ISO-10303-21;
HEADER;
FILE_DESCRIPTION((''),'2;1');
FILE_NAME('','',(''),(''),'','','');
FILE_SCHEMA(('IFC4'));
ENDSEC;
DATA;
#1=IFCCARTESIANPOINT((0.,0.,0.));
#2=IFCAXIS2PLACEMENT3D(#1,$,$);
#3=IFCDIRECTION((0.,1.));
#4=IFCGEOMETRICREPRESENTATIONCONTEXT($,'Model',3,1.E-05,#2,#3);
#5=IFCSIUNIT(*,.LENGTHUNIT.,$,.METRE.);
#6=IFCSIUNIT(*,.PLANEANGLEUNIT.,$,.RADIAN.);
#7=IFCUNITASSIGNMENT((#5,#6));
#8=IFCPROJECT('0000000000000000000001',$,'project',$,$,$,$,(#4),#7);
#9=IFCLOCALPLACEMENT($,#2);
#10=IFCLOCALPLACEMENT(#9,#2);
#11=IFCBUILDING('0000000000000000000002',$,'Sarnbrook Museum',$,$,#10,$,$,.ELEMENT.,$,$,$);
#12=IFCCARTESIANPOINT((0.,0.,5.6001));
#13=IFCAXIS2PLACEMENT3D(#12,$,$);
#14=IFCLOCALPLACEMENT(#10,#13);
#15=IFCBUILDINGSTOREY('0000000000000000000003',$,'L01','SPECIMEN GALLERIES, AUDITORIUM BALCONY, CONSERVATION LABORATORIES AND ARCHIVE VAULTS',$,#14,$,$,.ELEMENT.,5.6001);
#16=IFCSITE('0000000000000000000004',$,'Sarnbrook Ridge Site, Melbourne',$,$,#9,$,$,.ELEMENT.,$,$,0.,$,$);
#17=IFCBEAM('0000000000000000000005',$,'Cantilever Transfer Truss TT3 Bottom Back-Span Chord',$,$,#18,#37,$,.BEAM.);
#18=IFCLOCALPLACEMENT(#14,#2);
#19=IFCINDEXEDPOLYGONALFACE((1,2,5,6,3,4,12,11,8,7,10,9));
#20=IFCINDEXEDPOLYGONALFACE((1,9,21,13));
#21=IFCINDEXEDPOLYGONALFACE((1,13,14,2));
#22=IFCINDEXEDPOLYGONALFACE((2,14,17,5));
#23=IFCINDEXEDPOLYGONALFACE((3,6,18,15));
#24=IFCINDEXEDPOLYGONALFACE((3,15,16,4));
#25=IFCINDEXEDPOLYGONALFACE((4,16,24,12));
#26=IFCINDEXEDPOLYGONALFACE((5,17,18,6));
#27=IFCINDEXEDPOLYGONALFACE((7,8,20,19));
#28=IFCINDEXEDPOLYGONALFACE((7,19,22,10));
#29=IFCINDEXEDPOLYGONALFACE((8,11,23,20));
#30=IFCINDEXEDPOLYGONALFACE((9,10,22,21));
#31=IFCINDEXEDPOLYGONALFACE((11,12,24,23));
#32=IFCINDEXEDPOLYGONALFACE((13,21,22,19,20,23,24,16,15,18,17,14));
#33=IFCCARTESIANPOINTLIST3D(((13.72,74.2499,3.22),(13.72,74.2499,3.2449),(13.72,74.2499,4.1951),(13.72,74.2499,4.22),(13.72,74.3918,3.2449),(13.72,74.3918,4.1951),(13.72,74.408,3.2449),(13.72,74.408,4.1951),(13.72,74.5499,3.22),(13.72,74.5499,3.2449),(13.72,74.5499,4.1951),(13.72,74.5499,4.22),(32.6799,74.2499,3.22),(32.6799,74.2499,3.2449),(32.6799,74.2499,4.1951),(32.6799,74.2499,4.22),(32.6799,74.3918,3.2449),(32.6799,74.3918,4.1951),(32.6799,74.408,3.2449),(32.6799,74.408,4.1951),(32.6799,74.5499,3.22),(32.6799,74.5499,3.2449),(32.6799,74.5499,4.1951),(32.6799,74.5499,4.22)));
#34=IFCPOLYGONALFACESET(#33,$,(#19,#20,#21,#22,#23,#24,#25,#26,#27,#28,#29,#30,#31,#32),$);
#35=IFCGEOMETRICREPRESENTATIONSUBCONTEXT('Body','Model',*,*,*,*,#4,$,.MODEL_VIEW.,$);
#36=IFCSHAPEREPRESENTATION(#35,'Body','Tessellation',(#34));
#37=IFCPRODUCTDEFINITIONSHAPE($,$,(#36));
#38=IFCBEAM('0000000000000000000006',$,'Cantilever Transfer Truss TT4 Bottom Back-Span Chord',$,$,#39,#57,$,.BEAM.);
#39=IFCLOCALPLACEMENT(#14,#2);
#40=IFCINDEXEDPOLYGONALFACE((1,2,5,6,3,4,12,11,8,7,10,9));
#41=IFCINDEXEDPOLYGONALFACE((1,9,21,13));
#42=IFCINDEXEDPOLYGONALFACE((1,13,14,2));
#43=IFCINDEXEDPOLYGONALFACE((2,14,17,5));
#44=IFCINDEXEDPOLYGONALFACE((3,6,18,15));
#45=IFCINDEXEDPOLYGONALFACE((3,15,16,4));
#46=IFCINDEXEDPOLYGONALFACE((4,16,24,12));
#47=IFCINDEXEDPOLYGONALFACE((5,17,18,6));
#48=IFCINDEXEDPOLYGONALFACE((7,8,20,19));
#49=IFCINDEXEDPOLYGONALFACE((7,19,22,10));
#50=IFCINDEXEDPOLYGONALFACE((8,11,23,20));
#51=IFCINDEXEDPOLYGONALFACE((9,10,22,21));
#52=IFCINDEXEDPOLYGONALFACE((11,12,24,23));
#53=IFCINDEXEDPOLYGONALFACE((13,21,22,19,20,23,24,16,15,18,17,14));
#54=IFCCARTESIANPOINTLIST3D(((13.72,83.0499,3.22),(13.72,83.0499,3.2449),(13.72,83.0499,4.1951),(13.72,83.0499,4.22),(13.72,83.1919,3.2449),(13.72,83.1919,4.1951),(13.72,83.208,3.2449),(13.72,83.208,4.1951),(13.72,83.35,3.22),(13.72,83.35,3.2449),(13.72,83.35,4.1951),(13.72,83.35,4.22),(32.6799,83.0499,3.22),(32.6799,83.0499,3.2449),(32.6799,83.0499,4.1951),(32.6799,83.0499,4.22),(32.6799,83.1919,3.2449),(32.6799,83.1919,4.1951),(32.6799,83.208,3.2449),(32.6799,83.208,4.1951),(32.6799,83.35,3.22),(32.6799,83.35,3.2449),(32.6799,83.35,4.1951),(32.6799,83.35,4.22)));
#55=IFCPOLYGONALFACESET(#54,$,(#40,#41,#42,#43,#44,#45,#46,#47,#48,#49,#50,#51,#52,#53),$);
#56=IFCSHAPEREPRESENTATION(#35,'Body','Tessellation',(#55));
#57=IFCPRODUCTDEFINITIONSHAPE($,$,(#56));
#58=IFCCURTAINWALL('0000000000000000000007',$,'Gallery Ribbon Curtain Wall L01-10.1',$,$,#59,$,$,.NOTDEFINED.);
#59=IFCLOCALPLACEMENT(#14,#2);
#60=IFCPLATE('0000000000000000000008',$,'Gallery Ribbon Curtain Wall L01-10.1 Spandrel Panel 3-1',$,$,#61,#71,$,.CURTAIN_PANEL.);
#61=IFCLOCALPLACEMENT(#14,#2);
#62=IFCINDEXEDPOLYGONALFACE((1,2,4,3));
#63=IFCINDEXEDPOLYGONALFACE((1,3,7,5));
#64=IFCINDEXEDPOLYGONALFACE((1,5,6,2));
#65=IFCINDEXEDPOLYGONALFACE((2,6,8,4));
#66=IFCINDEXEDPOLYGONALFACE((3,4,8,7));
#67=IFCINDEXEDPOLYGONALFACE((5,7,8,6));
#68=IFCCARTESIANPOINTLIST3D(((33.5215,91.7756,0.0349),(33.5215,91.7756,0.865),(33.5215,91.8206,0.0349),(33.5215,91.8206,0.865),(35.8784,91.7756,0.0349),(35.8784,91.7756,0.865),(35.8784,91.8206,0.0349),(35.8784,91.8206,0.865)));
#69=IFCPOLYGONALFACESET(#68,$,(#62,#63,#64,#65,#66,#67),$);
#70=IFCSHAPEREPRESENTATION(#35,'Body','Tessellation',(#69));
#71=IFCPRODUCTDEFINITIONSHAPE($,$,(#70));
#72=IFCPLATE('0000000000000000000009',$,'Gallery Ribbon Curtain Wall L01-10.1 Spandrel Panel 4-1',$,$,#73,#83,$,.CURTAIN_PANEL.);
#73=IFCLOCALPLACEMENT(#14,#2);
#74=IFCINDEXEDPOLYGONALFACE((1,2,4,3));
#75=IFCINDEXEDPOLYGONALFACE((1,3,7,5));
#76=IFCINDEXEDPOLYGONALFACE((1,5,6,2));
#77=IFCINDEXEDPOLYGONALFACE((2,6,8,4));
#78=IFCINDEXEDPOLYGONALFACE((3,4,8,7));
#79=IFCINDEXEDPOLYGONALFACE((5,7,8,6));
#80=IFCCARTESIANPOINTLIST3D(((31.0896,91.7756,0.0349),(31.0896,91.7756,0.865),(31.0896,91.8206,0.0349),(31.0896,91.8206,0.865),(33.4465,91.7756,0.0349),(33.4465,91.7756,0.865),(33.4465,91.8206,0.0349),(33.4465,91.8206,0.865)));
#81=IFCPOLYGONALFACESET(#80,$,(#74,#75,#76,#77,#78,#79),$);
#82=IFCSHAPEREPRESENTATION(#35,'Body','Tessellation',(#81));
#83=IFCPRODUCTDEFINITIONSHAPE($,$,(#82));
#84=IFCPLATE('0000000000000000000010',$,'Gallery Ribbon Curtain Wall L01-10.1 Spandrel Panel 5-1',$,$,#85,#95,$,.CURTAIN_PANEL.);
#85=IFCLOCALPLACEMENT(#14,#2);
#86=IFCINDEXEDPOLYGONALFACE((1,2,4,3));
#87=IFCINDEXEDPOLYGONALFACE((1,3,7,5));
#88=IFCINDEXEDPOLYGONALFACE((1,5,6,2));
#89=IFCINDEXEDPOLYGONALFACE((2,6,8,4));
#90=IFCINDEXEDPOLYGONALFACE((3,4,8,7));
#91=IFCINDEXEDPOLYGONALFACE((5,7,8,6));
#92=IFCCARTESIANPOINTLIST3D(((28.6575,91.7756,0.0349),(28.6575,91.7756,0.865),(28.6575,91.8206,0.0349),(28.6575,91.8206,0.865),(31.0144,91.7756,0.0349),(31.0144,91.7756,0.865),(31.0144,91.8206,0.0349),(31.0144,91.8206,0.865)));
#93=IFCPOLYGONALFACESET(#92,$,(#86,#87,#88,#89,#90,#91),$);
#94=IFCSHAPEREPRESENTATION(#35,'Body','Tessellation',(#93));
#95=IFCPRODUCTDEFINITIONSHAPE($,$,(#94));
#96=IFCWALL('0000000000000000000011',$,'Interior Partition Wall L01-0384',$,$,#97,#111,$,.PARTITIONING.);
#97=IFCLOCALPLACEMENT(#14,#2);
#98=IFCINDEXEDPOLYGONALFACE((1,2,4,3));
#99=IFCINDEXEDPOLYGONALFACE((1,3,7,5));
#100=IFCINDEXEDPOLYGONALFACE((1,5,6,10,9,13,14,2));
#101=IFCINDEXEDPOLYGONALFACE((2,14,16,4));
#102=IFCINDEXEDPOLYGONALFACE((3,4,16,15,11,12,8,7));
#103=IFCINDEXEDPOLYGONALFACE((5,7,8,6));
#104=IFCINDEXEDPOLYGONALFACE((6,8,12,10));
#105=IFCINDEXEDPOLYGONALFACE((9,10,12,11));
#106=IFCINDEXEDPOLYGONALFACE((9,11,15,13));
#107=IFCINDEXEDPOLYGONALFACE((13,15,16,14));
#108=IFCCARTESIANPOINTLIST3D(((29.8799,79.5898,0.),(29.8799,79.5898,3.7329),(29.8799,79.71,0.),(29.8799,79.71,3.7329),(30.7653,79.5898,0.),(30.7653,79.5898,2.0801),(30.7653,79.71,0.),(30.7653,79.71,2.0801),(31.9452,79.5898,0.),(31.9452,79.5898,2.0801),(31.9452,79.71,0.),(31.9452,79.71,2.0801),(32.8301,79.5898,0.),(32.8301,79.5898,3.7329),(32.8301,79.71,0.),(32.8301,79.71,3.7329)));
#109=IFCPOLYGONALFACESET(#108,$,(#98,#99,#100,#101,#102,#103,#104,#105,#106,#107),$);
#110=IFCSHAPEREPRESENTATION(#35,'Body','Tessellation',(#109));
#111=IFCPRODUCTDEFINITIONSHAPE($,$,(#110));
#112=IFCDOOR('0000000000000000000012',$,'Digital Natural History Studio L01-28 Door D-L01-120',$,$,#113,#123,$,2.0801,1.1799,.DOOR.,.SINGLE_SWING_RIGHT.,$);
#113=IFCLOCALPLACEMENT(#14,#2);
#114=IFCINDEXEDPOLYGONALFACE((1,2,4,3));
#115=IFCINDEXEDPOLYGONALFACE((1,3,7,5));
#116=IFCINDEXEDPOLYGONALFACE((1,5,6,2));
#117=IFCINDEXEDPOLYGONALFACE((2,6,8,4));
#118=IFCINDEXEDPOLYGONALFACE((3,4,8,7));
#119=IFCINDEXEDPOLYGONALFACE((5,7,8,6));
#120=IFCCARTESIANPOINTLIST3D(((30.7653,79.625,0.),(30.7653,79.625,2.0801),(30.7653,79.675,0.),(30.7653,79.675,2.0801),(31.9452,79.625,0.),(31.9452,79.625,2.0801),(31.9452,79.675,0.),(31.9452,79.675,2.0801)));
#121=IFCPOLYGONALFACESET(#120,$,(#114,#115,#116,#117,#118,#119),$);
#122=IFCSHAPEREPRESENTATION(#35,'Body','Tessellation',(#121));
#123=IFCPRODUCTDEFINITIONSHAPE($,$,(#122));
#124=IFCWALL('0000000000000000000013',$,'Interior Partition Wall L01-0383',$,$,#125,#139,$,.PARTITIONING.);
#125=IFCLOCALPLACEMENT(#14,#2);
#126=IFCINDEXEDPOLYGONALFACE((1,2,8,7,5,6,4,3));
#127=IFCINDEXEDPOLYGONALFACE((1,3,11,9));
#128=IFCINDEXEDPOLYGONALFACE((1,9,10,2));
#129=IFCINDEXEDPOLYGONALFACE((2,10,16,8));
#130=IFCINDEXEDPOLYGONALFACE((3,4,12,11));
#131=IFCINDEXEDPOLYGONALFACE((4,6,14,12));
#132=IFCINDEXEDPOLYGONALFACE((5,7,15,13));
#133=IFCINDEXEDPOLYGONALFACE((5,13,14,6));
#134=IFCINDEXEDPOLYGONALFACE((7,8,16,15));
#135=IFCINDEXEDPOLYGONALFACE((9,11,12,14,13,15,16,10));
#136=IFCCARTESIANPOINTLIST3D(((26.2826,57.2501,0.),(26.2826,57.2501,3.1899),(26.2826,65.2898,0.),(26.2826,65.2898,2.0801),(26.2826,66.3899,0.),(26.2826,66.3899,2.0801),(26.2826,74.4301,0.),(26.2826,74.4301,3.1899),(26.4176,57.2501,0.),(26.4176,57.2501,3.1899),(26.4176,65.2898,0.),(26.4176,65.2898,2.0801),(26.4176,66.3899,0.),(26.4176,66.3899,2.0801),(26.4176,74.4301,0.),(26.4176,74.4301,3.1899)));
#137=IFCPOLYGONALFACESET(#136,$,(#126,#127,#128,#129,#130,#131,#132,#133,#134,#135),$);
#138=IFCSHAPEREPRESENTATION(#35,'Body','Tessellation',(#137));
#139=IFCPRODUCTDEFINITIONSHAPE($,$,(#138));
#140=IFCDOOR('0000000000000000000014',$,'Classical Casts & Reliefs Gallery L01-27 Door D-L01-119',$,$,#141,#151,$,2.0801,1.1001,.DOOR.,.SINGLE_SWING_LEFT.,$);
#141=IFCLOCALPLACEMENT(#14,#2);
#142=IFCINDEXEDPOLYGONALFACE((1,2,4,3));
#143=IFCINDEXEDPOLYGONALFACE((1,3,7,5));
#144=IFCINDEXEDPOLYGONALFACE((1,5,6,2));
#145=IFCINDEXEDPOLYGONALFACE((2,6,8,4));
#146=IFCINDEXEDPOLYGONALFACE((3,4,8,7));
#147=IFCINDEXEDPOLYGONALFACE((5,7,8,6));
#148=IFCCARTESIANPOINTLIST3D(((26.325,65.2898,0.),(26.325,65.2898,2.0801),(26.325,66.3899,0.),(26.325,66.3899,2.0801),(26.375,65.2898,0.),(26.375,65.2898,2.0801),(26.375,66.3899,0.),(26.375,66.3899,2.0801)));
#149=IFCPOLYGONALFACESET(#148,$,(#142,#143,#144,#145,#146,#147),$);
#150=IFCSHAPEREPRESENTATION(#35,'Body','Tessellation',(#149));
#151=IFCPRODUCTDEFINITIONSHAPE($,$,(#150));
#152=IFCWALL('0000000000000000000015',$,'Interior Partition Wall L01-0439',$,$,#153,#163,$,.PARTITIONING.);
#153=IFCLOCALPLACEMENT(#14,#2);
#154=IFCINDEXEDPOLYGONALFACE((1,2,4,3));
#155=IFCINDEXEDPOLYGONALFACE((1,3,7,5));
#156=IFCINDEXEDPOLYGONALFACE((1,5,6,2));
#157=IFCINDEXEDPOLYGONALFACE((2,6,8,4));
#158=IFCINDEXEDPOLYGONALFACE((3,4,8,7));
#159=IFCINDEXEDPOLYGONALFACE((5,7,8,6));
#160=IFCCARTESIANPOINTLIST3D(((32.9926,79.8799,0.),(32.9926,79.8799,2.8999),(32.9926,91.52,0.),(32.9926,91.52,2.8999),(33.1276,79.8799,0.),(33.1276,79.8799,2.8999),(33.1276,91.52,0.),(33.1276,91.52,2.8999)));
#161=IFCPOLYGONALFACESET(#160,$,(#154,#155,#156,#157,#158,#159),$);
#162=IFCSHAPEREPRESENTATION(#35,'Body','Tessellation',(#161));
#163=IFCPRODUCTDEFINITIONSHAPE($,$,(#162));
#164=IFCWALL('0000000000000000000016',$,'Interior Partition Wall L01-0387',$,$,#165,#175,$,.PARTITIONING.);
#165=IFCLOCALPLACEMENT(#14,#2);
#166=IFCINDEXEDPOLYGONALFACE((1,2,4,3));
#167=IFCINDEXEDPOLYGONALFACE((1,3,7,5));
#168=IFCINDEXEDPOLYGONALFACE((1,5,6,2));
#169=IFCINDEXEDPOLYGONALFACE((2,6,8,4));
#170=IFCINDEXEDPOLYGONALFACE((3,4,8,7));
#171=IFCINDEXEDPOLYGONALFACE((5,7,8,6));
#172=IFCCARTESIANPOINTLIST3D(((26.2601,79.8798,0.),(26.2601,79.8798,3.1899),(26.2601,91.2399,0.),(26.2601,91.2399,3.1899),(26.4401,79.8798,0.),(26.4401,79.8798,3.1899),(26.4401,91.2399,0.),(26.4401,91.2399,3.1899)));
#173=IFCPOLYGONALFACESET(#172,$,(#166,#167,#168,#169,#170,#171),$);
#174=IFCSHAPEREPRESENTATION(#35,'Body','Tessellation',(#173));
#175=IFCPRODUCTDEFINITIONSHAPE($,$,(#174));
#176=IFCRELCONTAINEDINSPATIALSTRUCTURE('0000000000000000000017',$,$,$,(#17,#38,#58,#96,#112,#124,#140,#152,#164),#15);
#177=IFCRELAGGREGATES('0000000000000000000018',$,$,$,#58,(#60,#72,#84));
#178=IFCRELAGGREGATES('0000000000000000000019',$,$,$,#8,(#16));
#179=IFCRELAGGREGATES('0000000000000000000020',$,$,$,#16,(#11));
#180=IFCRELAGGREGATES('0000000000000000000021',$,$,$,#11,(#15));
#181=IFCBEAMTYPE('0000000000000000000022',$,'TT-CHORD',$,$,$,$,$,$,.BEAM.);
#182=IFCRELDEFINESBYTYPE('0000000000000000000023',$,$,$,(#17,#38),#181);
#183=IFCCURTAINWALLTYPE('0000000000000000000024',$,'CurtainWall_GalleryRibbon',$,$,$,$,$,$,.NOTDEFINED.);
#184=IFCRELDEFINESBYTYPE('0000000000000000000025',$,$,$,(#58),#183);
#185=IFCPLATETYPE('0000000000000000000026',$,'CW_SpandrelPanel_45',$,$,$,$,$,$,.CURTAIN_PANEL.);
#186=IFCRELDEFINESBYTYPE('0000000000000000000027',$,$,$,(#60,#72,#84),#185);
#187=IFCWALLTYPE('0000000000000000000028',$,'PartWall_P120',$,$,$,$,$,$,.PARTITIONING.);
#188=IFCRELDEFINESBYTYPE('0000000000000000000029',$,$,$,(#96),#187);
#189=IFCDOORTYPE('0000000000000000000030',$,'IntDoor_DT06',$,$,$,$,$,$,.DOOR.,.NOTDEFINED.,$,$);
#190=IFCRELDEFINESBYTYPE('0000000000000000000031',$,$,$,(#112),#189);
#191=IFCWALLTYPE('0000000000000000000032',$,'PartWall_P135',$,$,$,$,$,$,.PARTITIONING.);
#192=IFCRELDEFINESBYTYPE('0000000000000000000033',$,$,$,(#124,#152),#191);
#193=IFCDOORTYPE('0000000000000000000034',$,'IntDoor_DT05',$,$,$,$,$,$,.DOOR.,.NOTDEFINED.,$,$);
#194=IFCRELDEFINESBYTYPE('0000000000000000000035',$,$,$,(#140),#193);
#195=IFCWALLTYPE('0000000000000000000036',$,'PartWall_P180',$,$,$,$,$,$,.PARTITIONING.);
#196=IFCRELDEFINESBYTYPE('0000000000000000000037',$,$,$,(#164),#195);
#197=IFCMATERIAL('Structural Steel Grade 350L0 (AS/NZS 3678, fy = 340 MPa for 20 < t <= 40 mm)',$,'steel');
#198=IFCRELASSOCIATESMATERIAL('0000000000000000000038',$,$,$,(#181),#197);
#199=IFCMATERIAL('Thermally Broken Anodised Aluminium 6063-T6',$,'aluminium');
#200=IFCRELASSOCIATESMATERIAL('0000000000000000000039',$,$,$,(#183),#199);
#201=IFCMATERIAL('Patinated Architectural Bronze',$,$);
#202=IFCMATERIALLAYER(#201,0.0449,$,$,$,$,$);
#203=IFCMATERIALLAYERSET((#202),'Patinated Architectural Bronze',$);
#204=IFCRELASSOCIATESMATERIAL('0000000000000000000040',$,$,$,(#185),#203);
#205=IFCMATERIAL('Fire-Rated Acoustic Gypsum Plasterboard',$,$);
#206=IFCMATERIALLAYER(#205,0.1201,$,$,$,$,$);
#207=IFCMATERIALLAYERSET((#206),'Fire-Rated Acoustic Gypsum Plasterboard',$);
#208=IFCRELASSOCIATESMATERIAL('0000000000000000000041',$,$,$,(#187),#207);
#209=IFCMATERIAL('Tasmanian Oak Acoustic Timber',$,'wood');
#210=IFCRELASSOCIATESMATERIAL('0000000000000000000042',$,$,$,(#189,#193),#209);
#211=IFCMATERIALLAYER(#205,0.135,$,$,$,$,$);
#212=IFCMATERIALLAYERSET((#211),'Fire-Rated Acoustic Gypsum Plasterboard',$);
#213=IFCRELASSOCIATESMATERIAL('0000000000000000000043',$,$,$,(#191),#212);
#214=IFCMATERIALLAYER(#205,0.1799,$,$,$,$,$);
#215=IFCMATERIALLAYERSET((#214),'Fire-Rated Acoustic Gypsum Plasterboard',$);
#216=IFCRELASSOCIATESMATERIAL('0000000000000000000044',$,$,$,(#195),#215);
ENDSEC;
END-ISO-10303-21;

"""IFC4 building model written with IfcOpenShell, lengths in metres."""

from ifc_helpers import new_model, si_unit, direction, frame, frame_2d, origin, origin_2d, place, context, subcontext, project, spatial, rectangle, i_section, extrude, material, layer, layer_set, material_profile, profile_set, type_object, element, fill, aggregate, save


model = new_model("IFC4")

# Units and contexts
model_context = context("Model", 3, precision=1e-05, world=origin(), true_north=direction((0.0, 1.0)))
body_context = subcontext(model_context, "Body", "Model", "MODEL_VIEW")
ifc_project = project(units=[si_unit("LENGTHUNIT", "METRE"), si_unit("PLANEANGLEUNIT", "RADIAN")], contexts=[model_context])

# Site, building, storey
site_placement = place(None, origin())
site = spatial("IfcSite", under=ifc_project, at=site_placement, Name="Sarnbrook Ridge Site, Melbourne", CompositionType="ELEMENT", RefElevation=0.0)
building_placement = place(site_placement, origin())
building = spatial("IfcBuilding", under=site, at=building_placement, Name="Sarnbrook Museum", CompositionType="ELEMENT")
storey_placement = place(building_placement, frame((0.0, 0.0, 5.6001)))
storey = spatial("IfcBuildingStorey", under=building, at=storey_placement, Name="L01", Description="SPECIMEN GALLERIES, AUDITORIUM BALCONY, CONSERVATION LABORATORIES AND ARCHIVE VAULTS", CompositionType="ELEMENT", Elevation=5.6001)

# Beams
ifc_material_1 = material(Name="Structural Steel Grade 350L0 (AS/NZS 3678, fy = 340 MPa for 20 < t <= 40 mm)", Category="steel")
ifc_material_profile_1 = material_profile(ifc_material_1, i_section(OverallWidth=0.3, OverallDepth=1.0, WebThickness=0.0161, FlangeThickness=0.0249, at=origin_2d()), Name="1000WB215")
ifc_profile_set_1 = profile_set([ifc_material_profile_1], Name="Structural Steel Grade 350L0 (AS/NZS 3678, fy = 340 MPa for 20 < t <= 40 mm)")
beam_type_1 = type_object("IfcBeamType", Name="TT-CHORD", PredefinedType="BEAM", material=ifc_profile_set_1)
for number, where, z_axis, x_axis, name in (
    (1, (32.6799, 74.3999, 3.72), (-1.0, 0.0, 0.0), (0.0, -1.0, 0.0), "Cantilever Transfer Truss TT3 Bottom Back-Span Chord"),
    (2, (32.6799, 83.2, 3.72), (-1.0, 0.0, 0.0), (0.0, -1.0, 0.0), "Cantilever Transfer Truss TT4 Bottom Back-Span Chord"),
):
    element("IfcBeam", number, at=place(storey_placement, frame(where, z_axis=z_axis, x_axis=x_axis)), inside=storey, type_object=beam_type_1, Name=name, PredefinedType="BEAM", context=body_context, shape_type="SweptSolid", body=[
        extrude(i_section(OverallWidth=0.3, OverallDepth=1.0, WebThickness=0.0161, FlangeThickness=0.0249, at=origin_2d()), origin(), (0.0, 0.0, 1.0), 18.96),
    ])

# Curtain wall, plates
ifc_material_2 = material(Name="Thermally Broken Anodised Aluminium 6063-T6", Category="aluminium")
curtain_wall_type = type_object("IfcCurtainWallType", Name="CurtainWall_GalleryRibbon", PredefinedType="NOTDEFINED", material=ifc_material_2)
curtain_wall_placement = place(storey_placement, origin())
curtain_wall = element("IfcCurtainWall", 3, at=curtain_wall_placement, inside=storey, type_object=curtain_wall_type, Name="Gallery Ribbon Curtain Wall L01-10.1", PredefinedType="NOTDEFINED")
ifc_material_3 = material(Name="Patinated Architectural Bronze")
ifc_layer_1 = layer(ifc_material_3, 0.0449)
ifc_layer_set_1 = layer_set([ifc_layer_1], Name="Patinated Architectural Bronze")
plate_type = type_object("IfcPlateType", Name="CW_SpandrelPanel_45", PredefinedType="CURTAIN_PANEL", material=ifc_layer_set_1)
plate_1_placement = place(storey_placement, frame((34.7, 91.7756, 0.45), z_axis=(0.0, 1.0, 0.0), x_axis=(-1.0, 0.0, 0.0)))
plate_1 = element("IfcPlate", 4, at=plate_1_placement, type_object=plate_type, Name="Gallery Ribbon Curtain Wall L01-10.1 Spandrel Panel 3-1", PredefinedType="CURTAIN_PANEL", context=body_context, shape_type="SweptSolid", body=[
    extrude(rectangle(XDim=2.3569, YDim=0.8301, at=origin_2d()), origin(), (0.0, 0.0, 1.0), 0.0449),
])
plate_2_placement = place(storey_placement, frame((32.2681, 91.7756, 0.45), z_axis=(0.0, 1.0, 0.0), x_axis=(-1.0, 0.0, 0.0)))
plate_2 = element("IfcPlate", 5, at=plate_2_placement, type_object=plate_type, Name="Gallery Ribbon Curtain Wall L01-10.1 Spandrel Panel 4-1", PredefinedType="CURTAIN_PANEL", context=body_context, shape_type="SweptSolid", body=[
    extrude(rectangle(XDim=2.3569, YDim=0.8301, at=origin_2d()), origin(), (0.0, 0.0, 1.0), 0.0449),
])
plate_3_placement = place(storey_placement, frame((29.8359, 91.7756, 0.45), z_axis=(0.0, 1.0, 0.0), x_axis=(-1.0, 0.0, 0.0)))
plate_3 = element("IfcPlate", 6, at=plate_3_placement, type_object=plate_type, Name="Gallery Ribbon Curtain Wall L01-10.1 Spandrel Panel 5-1", PredefinedType="CURTAIN_PANEL", context=body_context, shape_type="SweptSolid", body=[
    extrude(rectangle(XDim=2.3569, YDim=0.8301, at=origin_2d()), origin(), (0.0, 0.0, 1.0), 0.0449),
])
aggregate(curtain_wall, [plate_1, plate_2, plate_3])

# Walls, openings, doors
ifc_material_4 = material(Name="Fire-Rated Acoustic Gypsum Plasterboard")
ifc_layer_2 = layer(ifc_material_4, 0.1201)
ifc_layer_set_2 = layer_set([ifc_layer_2], Name="Fire-Rated Acoustic Gypsum Plasterboard")
wall_type_1 = type_object("IfcWallType", Name="PartWall_P120", PredefinedType="PARTITIONING", material=ifc_layer_set_2)
wall_1_placement = place(storey_placement, frame((32.8301, 79.6499, 0.0), z_axis=(0.0, 0.0, 1.0), x_axis=(-1.0, 0.0, 0.0)))
wall_1 = element("IfcWall", 7, at=wall_1_placement, inside=storey, type_object=wall_type_1, Name="Interior Partition Wall L01-0384", PredefinedType="PARTITIONING", context=body_context, shape_type="SweptSolid", body=[
    extrude(rectangle(XDim=2.9502, YDim=0.1201, at=frame_2d((1.4751, 0.0))), origin(), (0.0, 0.0, 1.0), 3.7329),
])
opening_1_placement = place(wall_1_placement, frame((0.885, 0.0, 0.0)))
opening_1 = element("IfcOpeningElement", 8, at=opening_1_placement, cuts=wall_1, PredefinedType="OPENING", context=body_context, shape_type="SweptSolid", body=[
    extrude(rectangle(XDim=1.1799, YDim=2.0801, at=frame_2d((0.5898, 1.04))), frame((0.0, 0.0701, 0.0), z_axis=(0.0, -1.0, 0.0), x_axis=(1.0, 0.0, 0.0)), (0.0, 0.0, 1.0), 0.1401),
])
ifc_material_5 = material(Name="Tasmanian Oak Acoustic Timber", Category="wood")
door_type_1 = type_object("IfcDoorType", Name="IntDoor_DT06", OperationType="NOTDEFINED", PredefinedType="DOOR", material=ifc_material_5)
door_1_placement = place(opening_1_placement, origin())
door_1 = element("IfcDoor", 9, at=door_1_placement, inside=storey, type_object=door_type_1, Name="Digital Natural History Studio L01-28 Door D-L01-120", OperationType="SINGLE_SWING_RIGHT", OverallHeight=2.0801, OverallWidth=1.1799, PredefinedType="DOOR", context=body_context, shape_type="SweptSolid", body=[
    extrude(rectangle(XDim=1.1799, YDim=2.0801, at=frame_2d((0.5898, 1.04))), frame((0.0, 0.0249, 0.0), z_axis=(0.0, -1.0, 0.0), x_axis=(1.0, 0.0, 0.0)), (0.0, 0.0, 1.0), 0.05),
])
fill(opening_1, door_1)
ifc_layer_3 = layer(ifc_material_4, 0.135)
ifc_layer_set_3 = layer_set([ifc_layer_3], Name="Fire-Rated Acoustic Gypsum Plasterboard")
wall_type_2 = type_object("IfcWallType", Name="PartWall_P135", PredefinedType="PARTITIONING", material=ifc_layer_set_3)
wall_2_placement = place(storey_placement, frame((26.3501, 74.4299, 0.0), z_axis=(0.0, 0.0, 1.0), x_axis=(0.0, -1.0, 0.0)))
wall_2 = element("IfcWall", 10, at=wall_2_placement, inside=storey, type_object=wall_type_2, Name="Interior Partition Wall L01-0383", PredefinedType="PARTITIONING", context=body_context, shape_type="SweptSolid", body=[
    extrude(rectangle(XDim=17.1799, YDim=0.135, at=frame_2d((8.5898, 0.0))), origin(), (0.0, 0.0, 1.0), 3.1899),
])
opening_2_placement = place(wall_2_placement, frame((8.04, 0.0, 0.0)))
opening_2 = element("IfcOpeningElement", 11, at=opening_2_placement, cuts=wall_2, PredefinedType="OPENING", context=body_context, shape_type="SweptSolid", body=[
    extrude(rectangle(XDim=1.1001, YDim=2.0801, at=frame_2d((0.55, 1.04))), frame((0.0, 0.0776, 0.0), z_axis=(0.0, -1.0, 0.0), x_axis=(1.0, 0.0, 0.0)), (0.0, 0.0, 1.0), 0.155),
])
door_type_2 = type_object("IfcDoorType", Name="IntDoor_DT05", OperationType="NOTDEFINED", PredefinedType="DOOR", material=ifc_material_5)
door_2_placement = place(opening_2_placement, origin())
door_2 = element("IfcDoor", 12, at=door_2_placement, inside=storey, type_object=door_type_2, Name="Classical Casts & Reliefs Gallery L01-27 Door D-L01-119", OperationType="SINGLE_SWING_LEFT", OverallHeight=2.0801, OverallWidth=1.1001, PredefinedType="DOOR", context=body_context, shape_type="SweptSolid", body=[
    extrude(rectangle(XDim=1.1001, YDim=2.0801, at=frame_2d((0.55, 1.04))), frame((0.0, 0.0249, 0.0), z_axis=(0.0, -1.0, 0.0), x_axis=(1.0, 0.0, 0.0)), (0.0, 0.0, 1.0), 0.05),
])
fill(opening_2, door_2)

# Walls
wall_3_placement = place(storey_placement, frame((33.0601, 91.52, 0.0), z_axis=(0.0, 0.0, 1.0), x_axis=(0.0, -1.0, 0.0)))
element("IfcWall", 13, at=wall_3_placement, inside=storey, type_object=wall_type_2, Name="Interior Partition Wall L01-0439", PredefinedType="PARTITIONING", context=body_context, shape_type="SweptSolid", body=[
    extrude(rectangle(XDim=11.6401, YDim=0.135, at=frame_2d((5.8201, 0.0))), origin(), (0.0, 0.0, 1.0), 2.8999),
])
ifc_layer_4 = layer(ifc_material_4, 0.1799)
ifc_layer_set_4 = layer_set([ifc_layer_4], Name="Fire-Rated Acoustic Gypsum Plasterboard")
wall_type_3 = type_object("IfcWallType", Name="PartWall_P180", PredefinedType="PARTITIONING", material=ifc_layer_set_4)
wall_4_placement = place(storey_placement, frame((26.3501, 91.24, 0.0), z_axis=(0.0, 0.0, 1.0), x_axis=(0.0, -1.0, 0.0)))
element("IfcWall", 14, at=wall_4_placement, inside=storey, type_object=wall_type_3, Name="Interior Partition Wall L01-0387", PredefinedType="PARTITIONING", context=body_context, shape_type="SweptSolid", body=[
    extrude(rectangle(XDim=11.3601, YDim=0.1799, at=frame_2d((5.6802, 0.0))), origin(), (0.0, 0.0, 1.0), 3.1899),
])

save(model, "model.ifc")
